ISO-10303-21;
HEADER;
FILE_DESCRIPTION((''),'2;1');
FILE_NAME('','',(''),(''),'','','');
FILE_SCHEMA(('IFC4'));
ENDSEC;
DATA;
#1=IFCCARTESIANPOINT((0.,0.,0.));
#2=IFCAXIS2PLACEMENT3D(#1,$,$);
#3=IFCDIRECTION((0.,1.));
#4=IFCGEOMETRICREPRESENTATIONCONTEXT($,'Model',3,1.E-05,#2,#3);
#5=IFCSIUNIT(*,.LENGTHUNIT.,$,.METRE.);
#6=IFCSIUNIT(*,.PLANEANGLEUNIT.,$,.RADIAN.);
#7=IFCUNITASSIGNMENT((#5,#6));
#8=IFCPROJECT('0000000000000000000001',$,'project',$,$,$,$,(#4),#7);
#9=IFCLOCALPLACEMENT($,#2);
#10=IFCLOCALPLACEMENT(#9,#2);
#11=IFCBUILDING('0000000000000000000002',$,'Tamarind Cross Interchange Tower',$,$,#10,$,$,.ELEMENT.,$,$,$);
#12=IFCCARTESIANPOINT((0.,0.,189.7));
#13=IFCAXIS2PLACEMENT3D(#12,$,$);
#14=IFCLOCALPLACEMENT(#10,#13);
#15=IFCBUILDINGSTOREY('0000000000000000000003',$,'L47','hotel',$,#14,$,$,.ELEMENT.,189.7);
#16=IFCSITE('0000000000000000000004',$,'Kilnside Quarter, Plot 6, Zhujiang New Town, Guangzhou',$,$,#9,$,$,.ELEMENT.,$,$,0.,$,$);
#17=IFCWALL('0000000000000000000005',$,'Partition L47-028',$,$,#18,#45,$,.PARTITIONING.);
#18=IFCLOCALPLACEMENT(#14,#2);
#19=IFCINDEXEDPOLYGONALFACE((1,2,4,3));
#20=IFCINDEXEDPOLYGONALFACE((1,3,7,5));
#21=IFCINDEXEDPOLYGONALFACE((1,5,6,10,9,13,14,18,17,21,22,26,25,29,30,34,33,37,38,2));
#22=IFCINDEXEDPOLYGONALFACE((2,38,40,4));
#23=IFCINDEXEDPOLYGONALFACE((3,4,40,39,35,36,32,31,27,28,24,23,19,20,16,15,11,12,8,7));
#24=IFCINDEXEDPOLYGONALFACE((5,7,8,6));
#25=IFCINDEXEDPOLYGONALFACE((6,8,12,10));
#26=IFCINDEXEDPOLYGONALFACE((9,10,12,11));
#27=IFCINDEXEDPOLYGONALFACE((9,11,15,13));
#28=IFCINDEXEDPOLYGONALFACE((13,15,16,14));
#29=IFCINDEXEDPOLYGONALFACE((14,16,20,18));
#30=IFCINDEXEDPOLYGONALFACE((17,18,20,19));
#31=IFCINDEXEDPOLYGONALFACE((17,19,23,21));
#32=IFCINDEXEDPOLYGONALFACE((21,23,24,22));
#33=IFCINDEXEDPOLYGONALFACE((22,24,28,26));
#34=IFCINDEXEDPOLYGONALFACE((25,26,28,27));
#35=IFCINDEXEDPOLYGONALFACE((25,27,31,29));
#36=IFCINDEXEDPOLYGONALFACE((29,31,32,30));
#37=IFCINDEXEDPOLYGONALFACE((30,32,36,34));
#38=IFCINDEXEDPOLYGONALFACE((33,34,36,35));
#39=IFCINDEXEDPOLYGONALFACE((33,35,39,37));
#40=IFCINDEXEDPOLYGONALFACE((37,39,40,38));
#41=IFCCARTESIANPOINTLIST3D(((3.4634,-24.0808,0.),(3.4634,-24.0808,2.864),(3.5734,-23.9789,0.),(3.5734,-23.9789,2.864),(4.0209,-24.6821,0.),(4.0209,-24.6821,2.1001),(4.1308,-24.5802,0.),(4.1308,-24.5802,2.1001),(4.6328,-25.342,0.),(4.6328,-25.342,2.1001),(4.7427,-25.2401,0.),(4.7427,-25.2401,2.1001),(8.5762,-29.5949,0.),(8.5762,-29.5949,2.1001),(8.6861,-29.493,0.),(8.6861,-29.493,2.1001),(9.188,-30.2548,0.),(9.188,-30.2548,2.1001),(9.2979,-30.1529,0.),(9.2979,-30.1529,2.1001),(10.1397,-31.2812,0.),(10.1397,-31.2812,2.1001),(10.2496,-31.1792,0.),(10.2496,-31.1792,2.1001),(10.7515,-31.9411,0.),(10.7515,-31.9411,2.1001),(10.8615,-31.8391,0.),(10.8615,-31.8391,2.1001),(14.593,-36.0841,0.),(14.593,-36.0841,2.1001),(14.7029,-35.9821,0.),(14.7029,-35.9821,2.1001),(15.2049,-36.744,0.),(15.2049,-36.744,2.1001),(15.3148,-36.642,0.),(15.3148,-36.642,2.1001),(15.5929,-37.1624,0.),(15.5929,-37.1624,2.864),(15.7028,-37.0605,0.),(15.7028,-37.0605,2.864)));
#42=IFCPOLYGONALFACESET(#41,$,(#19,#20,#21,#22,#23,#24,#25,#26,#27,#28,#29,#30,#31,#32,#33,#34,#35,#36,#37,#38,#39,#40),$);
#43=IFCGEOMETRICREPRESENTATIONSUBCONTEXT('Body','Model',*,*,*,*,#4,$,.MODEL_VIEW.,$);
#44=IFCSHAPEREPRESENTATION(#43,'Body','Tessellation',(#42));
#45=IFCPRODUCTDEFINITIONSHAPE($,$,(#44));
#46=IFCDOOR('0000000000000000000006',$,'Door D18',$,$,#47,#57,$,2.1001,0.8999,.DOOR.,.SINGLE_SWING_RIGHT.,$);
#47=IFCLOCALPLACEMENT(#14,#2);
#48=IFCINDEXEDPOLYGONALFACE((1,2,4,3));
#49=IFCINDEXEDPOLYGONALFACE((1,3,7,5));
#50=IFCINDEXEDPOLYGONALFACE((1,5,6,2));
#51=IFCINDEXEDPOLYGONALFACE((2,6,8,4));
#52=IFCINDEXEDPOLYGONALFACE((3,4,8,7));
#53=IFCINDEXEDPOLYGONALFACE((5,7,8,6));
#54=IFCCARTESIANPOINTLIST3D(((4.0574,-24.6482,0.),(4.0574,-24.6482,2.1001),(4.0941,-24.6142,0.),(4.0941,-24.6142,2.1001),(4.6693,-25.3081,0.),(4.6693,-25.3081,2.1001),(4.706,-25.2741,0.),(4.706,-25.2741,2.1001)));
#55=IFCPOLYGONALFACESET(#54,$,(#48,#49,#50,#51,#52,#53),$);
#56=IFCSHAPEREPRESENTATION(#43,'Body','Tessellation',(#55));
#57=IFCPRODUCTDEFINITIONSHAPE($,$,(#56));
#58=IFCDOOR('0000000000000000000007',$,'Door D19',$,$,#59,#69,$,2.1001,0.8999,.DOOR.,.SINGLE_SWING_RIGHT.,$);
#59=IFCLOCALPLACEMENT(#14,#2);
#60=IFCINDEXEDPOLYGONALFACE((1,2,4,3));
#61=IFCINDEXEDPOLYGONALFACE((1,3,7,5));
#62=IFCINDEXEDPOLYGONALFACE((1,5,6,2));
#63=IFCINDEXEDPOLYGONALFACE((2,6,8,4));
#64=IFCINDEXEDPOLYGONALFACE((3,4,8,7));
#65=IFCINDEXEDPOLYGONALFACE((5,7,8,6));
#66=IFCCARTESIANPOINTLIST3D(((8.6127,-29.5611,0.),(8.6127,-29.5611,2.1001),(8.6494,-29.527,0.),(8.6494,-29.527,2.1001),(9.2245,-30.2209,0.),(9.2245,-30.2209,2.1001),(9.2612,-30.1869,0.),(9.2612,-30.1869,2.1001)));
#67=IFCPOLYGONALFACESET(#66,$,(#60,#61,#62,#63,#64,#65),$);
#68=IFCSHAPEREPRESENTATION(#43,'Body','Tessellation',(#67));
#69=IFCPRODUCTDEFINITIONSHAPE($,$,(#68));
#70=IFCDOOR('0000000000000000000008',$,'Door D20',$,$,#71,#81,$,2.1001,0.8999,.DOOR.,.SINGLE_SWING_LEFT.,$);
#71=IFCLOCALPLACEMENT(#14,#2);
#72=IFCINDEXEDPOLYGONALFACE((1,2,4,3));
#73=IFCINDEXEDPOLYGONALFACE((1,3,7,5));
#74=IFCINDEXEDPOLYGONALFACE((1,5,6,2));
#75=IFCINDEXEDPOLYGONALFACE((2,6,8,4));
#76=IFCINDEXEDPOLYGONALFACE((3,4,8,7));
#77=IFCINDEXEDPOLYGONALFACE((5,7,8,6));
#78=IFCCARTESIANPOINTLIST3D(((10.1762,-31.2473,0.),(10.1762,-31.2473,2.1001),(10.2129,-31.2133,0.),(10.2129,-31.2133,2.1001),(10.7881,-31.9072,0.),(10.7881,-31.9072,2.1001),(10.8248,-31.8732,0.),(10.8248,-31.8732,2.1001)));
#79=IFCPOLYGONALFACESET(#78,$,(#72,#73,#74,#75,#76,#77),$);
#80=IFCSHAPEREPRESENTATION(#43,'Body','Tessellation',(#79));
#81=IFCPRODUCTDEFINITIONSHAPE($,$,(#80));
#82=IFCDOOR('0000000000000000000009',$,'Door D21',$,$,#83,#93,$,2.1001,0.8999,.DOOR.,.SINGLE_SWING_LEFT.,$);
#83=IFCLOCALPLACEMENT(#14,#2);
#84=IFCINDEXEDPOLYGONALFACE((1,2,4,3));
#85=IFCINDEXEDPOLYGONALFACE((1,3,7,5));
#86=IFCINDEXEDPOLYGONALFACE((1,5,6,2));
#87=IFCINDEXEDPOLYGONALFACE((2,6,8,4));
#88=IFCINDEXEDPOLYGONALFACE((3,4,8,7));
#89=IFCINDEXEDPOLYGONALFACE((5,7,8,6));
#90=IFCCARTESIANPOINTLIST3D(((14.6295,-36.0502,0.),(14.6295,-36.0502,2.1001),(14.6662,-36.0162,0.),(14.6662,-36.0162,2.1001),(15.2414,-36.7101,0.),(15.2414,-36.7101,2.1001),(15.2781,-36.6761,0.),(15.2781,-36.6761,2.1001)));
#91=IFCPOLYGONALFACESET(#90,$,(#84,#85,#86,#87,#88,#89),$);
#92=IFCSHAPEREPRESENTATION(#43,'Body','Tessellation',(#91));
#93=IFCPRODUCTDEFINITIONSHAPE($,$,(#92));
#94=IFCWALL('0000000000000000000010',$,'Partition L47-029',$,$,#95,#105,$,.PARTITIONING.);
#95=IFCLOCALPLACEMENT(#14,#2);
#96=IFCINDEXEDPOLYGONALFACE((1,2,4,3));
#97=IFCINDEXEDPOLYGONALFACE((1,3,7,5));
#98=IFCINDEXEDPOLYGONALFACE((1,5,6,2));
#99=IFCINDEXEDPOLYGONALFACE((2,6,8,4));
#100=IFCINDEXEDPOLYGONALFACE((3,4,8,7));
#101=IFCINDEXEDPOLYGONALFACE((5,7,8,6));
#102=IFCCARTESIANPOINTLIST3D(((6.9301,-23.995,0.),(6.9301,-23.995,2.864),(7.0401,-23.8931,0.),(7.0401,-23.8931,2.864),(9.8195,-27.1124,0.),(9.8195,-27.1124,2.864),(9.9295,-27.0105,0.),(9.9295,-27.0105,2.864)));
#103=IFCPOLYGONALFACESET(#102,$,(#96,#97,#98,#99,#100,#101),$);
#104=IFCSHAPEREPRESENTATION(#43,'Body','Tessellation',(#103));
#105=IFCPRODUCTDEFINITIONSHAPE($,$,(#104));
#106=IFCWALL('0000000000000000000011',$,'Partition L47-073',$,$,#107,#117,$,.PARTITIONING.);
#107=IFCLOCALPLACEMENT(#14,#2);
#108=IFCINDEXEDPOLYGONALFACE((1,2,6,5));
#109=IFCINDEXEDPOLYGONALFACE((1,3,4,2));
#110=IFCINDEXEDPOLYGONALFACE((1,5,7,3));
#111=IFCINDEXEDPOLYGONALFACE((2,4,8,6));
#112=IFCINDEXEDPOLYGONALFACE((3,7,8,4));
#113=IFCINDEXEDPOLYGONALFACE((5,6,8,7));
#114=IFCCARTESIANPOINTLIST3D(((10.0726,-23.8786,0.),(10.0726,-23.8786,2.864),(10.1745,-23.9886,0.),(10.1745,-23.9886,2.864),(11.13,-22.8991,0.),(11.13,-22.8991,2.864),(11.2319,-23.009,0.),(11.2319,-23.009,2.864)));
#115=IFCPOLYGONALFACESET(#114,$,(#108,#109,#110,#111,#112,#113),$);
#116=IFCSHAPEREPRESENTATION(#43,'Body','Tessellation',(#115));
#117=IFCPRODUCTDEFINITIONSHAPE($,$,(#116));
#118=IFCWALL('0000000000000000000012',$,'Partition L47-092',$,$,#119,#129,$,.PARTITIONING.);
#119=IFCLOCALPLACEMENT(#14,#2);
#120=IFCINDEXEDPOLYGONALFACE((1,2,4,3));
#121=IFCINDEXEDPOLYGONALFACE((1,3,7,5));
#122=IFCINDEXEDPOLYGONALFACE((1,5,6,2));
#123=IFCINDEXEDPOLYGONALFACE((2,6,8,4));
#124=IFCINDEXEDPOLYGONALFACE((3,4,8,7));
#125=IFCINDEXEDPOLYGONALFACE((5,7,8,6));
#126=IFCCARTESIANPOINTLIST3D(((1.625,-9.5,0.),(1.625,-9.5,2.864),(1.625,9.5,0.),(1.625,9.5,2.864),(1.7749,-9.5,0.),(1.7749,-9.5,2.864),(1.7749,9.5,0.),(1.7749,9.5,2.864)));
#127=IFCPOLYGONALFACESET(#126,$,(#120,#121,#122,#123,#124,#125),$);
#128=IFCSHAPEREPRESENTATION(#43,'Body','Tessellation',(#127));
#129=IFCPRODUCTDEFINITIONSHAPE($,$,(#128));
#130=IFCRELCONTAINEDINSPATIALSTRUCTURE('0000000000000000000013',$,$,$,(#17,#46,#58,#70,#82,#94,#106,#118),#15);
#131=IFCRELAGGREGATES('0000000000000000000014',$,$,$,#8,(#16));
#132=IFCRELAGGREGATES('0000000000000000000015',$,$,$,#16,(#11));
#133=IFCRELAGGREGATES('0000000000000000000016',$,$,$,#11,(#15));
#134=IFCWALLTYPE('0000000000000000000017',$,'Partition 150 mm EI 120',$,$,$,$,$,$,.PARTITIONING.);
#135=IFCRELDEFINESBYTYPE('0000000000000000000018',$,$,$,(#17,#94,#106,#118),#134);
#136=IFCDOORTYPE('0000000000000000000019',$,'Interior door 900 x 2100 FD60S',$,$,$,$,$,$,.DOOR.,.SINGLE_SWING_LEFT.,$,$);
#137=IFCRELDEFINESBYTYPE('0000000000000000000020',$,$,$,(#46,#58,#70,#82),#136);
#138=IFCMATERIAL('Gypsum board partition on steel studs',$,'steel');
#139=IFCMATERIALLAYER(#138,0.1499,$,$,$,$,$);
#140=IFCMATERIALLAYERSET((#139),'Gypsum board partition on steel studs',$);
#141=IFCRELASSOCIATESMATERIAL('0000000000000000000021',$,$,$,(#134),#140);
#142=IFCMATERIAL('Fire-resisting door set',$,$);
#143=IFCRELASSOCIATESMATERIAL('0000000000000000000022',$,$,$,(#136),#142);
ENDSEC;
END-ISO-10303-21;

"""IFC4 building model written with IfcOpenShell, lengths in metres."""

from ifc_helpers import new_model, si_unit, direction, frame, frame_2d, origin, place, context, subcontext, project, spatial, rectangle, extrude, material, layer, layer_set, type_object, element, fill, save


model = new_model("IFC4")

# Units and contexts
model_context = context("Model", 3, precision=1e-05, world=origin(), true_north=direction((0.0, 1.0)))
body_context = subcontext(model_context, "Body", "Model", "MODEL_VIEW")
ifc_project = project(units=[si_unit("LENGTHUNIT", "METRE"), si_unit("PLANEANGLEUNIT", "RADIAN")], contexts=[model_context])

# Site, building, storey
site_placement = place(None, origin())
site = spatial("IfcSite", under=ifc_project, at=site_placement, Name="Kilnside Quarter, Plot 6, Zhujiang New Town, Guangzhou", CompositionType="ELEMENT", RefElevation=0.0)
building_placement = place(site_placement, origin())
building = spatial("IfcBuilding", under=site, at=building_placement, Name="Tamarind Cross Interchange Tower", CompositionType="ELEMENT")
storey_placement = place(building_placement, frame((0.0, 0.0, 189.7)))
storey = spatial("IfcBuildingStorey", under=building, at=storey_placement, Name="L47", Description="hotel", CompositionType="ELEMENT", Elevation=189.7)

# Shared definitions
ifc_material_1 = material(Name="Gypsum board partition on steel studs", Category="steel")
ifc_layer_1 = layer(ifc_material_1, 0.1499)
ifc_layer_set_1 = layer_set([ifc_layer_1], Name="Gypsum board partition on steel studs")
wall_type_1 = type_object("IfcWallType", Name="Partition 150 mm EI 120", PredefinedType="PARTITIONING", material=ifc_layer_set_1)

# Wall, openings, doors
wall_1_placement = place(storey_placement, frame((3.5183, -24.0298, 0.0), z_axis=(0.0, 0.0, 1.0), x_axis=(0.679917, -0.733289, 0.0)))
wall_1 = element("IfcWall", 1, at=wall_1_placement, inside=storey, type_object=wall_type_1, Name="Partition L47-028", PredefinedType="PARTITIONING", context=body_context, shape_type="SweptSolid", body=[
    extrude(rectangle(XDim=17.8396, YDim=0.1499, at=frame_2d((8.9199, 0.0))), origin(), (0.0, 0.0, 1.0), 2.864),
])
opening_1_placement = place(wall_1_placement, frame((0.8201, 0.0, 0.0)))
opening_1 = element("IfcOpeningElement", 2, at=opening_1_placement, cuts=wall_1, PredefinedType="OPENING", context=body_context, shape_type="SweptSolid", body=[
    extrude(rectangle(XDim=0.8999, YDim=2.1001, at=frame_2d((0.45, 1.05))), frame((0.0, 0.085, 0.0), z_axis=(0.0, -1.0, 0.0), x_axis=(1.0, 0.0, 0.0)), (0.0, 0.0, 1.0), 0.1699),
])
opening_2_placement = place(wall_1_placement, frame((7.5198, 0.0, 0.0)))
opening_2 = element("IfcOpeningElement", 3, at=opening_2_placement, cuts=wall_1, PredefinedType="OPENING", context=body_context, shape_type="SweptSolid", body=[
    extrude(rectangle(XDim=0.8999, YDim=2.1001, at=frame_2d((0.45, 1.05))), frame((0.0, 0.085, 0.0), z_axis=(0.0, -1.0, 0.0), x_axis=(1.0, 0.0, 0.0)), (0.0, 0.0, 1.0), 0.1699),
])
opening_3_placement = place(wall_1_placement, frame((9.8193, 0.0, 0.0)))
opening_3 = element("IfcOpeningElement", 4, at=opening_3_placement, cuts=wall_1, PredefinedType="OPENING", context=body_context, shape_type="SweptSolid", body=[
    extrude(rectangle(XDim=0.8999, YDim=2.1001, at=frame_2d((0.45, 1.05))), frame((0.0, 0.085, 0.0), z_axis=(0.0, -1.0, 0.0), x_axis=(1.0, 0.0, 0.0)), (0.0, 0.0, 1.0), 0.1699),
])
opening_4_placement = place(wall_1_placement, frame((16.3691, 0.0, 0.0)))
opening_4 = element("IfcOpeningElement", 5, at=opening_4_placement, cuts=wall_1, PredefinedType="OPENING", context=body_context, shape_type="SweptSolid", body=[
    extrude(rectangle(XDim=0.8999, YDim=2.1001, at=frame_2d((0.45, 1.05))), frame((0.0, 0.085, 0.0), z_axis=(0.0, -1.0, 0.0), x_axis=(1.0, 0.0, 0.0)), (0.0, 0.0, 1.0), 0.1699),
])
ifc_material_2 = material(Name="Fire-resisting door set")
door_type_1 = type_object("IfcDoorType", Name="Interior door 900 x 2100 FD60S", OperationType="SINGLE_SWING_LEFT", PredefinedType="DOOR", material=ifc_material_2)
door_1_placement = place(opening_1_placement, origin())
door_1 = element("IfcDoor", 6, at=door_1_placement, inside=storey, type_object=door_type_1, Name="Door D18", OperationType="SINGLE_SWING_RIGHT", OverallHeight=2.1001, OverallWidth=0.8999, PredefinedType="DOOR", context=body_context, shape_type="SweptSolid", body=[
    extrude(rectangle(XDim=0.8999, YDim=2.1001, at=frame_2d((0.45, 1.05))), frame((0.0, 0.0249, 0.0), z_axis=(0.0, -1.0, 0.0), x_axis=(1.0, 0.0, 0.0)), (0.0, 0.0, 1.0), 0.05),
])
fill(opening_1, door_1)
door_2_placement = place(opening_2_placement, origin())
door_2 = element("IfcDoor", 7, at=door_2_placement, inside=storey, type_object=door_type_1, Name="Door D19", OperationType="SINGLE_SWING_RIGHT", OverallHeight=2.1001, OverallWidth=0.8999, PredefinedType="DOOR", context=body_context, shape_type="SweptSolid", body=[
    extrude(rectangle(XDim=0.8999, YDim=2.1001, at=frame_2d((0.45, 1.05))), frame((0.0, 0.0249, 0.0), z_axis=(0.0, -1.0, 0.0), x_axis=(1.0, 0.0, 0.0)), (0.0, 0.0, 1.0), 0.05),
])
fill(opening_2, door_2)
door_3_placement = place(opening_3_placement, origin())
door_3 = element("IfcDoor", 8, at=door_3_placement, inside=storey, type_object=door_type_1, Name="Door D20", OperationType="SINGLE_SWING_LEFT", OverallHeight=2.1001, OverallWidth=0.8999, PredefinedType="DOOR", context=body_context, shape_type="SweptSolid", body=[
    extrude(rectangle(XDim=0.8999, YDim=2.1001, at=frame_2d((0.45, 1.05))), frame((0.0, 0.0249, 0.0), z_axis=(0.0, -1.0, 0.0), x_axis=(1.0, 0.0, 0.0)), (0.0, 0.0, 1.0), 0.05),
])
fill(opening_3, door_3)
door_4_placement = place(opening_4_placement, origin())
door_4 = element("IfcDoor", 9, at=door_4_placement, inside=storey, type_object=door_type_1, Name="Door D21", OperationType="SINGLE_SWING_LEFT", OverallHeight=2.1001, OverallWidth=0.8999, PredefinedType="DOOR", context=body_context, shape_type="SweptSolid", body=[
    extrude(rectangle(XDim=0.8999, YDim=2.1001, at=frame_2d((0.45, 1.05))), frame((0.0, 0.0249, 0.0), z_axis=(0.0, -1.0, 0.0), x_axis=(1.0, 0.0, 0.0)), (0.0, 0.0, 1.0), 0.05),
])
fill(opening_4, door_4)

# Walls
wall_2_placement = place(storey_placement, frame((6.9851, -23.9441, 0.0), z_axis=(0.0, 0.0, 1.0), x_axis=(0.679774, -0.733421, 0.0)))
element("IfcWall", 10, at=wall_2_placement, inside=storey, type_object=wall_type_1, Name="Partition L47-029", PredefinedType="PARTITIONING", context=body_context, shape_type="SweptSolid", body=[
    extrude(rectangle(XDim=4.2505, YDim=0.1499, at=frame_2d((2.1252, 0.0))), origin(), (0.0, 0.0, 1.0), 2.864),
])
wall_3_placement = place(storey_placement, frame((10.1235, -23.9336, 0.0), z_axis=(0.0, 0.0, 1.0), x_axis=(0.733607, 0.679574, 0.0)))
element("IfcWall", 11, at=wall_3_placement, inside=storey, type_object=wall_type_1, Name="Partition L47-073", PredefinedType="PARTITIONING", context=body_context, shape_type="SweptSolid", body=[
    extrude(rectangle(XDim=1.4414, YDim=0.1499, at=frame_2d((0.7207, 0.0))), origin(), (0.0, 0.0, 1.0), 2.864),
])
wall_4_placement = place(storey_placement, frame((1.7, -9.5, 0.0), z_axis=(0.0, 0.0, 1.0), x_axis=(0.0, 1.0, 0.0)))
element("IfcWall", 12, at=wall_4_placement, inside=storey, type_object=wall_type_1, Name="Partition L47-092", PredefinedType="PARTITIONING", context=body_context, shape_type="SweptSolid", body=[
    extrude(rectangle(XDim=19.0, YDim=0.1499, at=frame_2d((9.5, 0.0))), origin(), (0.0, 0.0, 1.0), 2.864),
])

save(model, "model.ifc")
